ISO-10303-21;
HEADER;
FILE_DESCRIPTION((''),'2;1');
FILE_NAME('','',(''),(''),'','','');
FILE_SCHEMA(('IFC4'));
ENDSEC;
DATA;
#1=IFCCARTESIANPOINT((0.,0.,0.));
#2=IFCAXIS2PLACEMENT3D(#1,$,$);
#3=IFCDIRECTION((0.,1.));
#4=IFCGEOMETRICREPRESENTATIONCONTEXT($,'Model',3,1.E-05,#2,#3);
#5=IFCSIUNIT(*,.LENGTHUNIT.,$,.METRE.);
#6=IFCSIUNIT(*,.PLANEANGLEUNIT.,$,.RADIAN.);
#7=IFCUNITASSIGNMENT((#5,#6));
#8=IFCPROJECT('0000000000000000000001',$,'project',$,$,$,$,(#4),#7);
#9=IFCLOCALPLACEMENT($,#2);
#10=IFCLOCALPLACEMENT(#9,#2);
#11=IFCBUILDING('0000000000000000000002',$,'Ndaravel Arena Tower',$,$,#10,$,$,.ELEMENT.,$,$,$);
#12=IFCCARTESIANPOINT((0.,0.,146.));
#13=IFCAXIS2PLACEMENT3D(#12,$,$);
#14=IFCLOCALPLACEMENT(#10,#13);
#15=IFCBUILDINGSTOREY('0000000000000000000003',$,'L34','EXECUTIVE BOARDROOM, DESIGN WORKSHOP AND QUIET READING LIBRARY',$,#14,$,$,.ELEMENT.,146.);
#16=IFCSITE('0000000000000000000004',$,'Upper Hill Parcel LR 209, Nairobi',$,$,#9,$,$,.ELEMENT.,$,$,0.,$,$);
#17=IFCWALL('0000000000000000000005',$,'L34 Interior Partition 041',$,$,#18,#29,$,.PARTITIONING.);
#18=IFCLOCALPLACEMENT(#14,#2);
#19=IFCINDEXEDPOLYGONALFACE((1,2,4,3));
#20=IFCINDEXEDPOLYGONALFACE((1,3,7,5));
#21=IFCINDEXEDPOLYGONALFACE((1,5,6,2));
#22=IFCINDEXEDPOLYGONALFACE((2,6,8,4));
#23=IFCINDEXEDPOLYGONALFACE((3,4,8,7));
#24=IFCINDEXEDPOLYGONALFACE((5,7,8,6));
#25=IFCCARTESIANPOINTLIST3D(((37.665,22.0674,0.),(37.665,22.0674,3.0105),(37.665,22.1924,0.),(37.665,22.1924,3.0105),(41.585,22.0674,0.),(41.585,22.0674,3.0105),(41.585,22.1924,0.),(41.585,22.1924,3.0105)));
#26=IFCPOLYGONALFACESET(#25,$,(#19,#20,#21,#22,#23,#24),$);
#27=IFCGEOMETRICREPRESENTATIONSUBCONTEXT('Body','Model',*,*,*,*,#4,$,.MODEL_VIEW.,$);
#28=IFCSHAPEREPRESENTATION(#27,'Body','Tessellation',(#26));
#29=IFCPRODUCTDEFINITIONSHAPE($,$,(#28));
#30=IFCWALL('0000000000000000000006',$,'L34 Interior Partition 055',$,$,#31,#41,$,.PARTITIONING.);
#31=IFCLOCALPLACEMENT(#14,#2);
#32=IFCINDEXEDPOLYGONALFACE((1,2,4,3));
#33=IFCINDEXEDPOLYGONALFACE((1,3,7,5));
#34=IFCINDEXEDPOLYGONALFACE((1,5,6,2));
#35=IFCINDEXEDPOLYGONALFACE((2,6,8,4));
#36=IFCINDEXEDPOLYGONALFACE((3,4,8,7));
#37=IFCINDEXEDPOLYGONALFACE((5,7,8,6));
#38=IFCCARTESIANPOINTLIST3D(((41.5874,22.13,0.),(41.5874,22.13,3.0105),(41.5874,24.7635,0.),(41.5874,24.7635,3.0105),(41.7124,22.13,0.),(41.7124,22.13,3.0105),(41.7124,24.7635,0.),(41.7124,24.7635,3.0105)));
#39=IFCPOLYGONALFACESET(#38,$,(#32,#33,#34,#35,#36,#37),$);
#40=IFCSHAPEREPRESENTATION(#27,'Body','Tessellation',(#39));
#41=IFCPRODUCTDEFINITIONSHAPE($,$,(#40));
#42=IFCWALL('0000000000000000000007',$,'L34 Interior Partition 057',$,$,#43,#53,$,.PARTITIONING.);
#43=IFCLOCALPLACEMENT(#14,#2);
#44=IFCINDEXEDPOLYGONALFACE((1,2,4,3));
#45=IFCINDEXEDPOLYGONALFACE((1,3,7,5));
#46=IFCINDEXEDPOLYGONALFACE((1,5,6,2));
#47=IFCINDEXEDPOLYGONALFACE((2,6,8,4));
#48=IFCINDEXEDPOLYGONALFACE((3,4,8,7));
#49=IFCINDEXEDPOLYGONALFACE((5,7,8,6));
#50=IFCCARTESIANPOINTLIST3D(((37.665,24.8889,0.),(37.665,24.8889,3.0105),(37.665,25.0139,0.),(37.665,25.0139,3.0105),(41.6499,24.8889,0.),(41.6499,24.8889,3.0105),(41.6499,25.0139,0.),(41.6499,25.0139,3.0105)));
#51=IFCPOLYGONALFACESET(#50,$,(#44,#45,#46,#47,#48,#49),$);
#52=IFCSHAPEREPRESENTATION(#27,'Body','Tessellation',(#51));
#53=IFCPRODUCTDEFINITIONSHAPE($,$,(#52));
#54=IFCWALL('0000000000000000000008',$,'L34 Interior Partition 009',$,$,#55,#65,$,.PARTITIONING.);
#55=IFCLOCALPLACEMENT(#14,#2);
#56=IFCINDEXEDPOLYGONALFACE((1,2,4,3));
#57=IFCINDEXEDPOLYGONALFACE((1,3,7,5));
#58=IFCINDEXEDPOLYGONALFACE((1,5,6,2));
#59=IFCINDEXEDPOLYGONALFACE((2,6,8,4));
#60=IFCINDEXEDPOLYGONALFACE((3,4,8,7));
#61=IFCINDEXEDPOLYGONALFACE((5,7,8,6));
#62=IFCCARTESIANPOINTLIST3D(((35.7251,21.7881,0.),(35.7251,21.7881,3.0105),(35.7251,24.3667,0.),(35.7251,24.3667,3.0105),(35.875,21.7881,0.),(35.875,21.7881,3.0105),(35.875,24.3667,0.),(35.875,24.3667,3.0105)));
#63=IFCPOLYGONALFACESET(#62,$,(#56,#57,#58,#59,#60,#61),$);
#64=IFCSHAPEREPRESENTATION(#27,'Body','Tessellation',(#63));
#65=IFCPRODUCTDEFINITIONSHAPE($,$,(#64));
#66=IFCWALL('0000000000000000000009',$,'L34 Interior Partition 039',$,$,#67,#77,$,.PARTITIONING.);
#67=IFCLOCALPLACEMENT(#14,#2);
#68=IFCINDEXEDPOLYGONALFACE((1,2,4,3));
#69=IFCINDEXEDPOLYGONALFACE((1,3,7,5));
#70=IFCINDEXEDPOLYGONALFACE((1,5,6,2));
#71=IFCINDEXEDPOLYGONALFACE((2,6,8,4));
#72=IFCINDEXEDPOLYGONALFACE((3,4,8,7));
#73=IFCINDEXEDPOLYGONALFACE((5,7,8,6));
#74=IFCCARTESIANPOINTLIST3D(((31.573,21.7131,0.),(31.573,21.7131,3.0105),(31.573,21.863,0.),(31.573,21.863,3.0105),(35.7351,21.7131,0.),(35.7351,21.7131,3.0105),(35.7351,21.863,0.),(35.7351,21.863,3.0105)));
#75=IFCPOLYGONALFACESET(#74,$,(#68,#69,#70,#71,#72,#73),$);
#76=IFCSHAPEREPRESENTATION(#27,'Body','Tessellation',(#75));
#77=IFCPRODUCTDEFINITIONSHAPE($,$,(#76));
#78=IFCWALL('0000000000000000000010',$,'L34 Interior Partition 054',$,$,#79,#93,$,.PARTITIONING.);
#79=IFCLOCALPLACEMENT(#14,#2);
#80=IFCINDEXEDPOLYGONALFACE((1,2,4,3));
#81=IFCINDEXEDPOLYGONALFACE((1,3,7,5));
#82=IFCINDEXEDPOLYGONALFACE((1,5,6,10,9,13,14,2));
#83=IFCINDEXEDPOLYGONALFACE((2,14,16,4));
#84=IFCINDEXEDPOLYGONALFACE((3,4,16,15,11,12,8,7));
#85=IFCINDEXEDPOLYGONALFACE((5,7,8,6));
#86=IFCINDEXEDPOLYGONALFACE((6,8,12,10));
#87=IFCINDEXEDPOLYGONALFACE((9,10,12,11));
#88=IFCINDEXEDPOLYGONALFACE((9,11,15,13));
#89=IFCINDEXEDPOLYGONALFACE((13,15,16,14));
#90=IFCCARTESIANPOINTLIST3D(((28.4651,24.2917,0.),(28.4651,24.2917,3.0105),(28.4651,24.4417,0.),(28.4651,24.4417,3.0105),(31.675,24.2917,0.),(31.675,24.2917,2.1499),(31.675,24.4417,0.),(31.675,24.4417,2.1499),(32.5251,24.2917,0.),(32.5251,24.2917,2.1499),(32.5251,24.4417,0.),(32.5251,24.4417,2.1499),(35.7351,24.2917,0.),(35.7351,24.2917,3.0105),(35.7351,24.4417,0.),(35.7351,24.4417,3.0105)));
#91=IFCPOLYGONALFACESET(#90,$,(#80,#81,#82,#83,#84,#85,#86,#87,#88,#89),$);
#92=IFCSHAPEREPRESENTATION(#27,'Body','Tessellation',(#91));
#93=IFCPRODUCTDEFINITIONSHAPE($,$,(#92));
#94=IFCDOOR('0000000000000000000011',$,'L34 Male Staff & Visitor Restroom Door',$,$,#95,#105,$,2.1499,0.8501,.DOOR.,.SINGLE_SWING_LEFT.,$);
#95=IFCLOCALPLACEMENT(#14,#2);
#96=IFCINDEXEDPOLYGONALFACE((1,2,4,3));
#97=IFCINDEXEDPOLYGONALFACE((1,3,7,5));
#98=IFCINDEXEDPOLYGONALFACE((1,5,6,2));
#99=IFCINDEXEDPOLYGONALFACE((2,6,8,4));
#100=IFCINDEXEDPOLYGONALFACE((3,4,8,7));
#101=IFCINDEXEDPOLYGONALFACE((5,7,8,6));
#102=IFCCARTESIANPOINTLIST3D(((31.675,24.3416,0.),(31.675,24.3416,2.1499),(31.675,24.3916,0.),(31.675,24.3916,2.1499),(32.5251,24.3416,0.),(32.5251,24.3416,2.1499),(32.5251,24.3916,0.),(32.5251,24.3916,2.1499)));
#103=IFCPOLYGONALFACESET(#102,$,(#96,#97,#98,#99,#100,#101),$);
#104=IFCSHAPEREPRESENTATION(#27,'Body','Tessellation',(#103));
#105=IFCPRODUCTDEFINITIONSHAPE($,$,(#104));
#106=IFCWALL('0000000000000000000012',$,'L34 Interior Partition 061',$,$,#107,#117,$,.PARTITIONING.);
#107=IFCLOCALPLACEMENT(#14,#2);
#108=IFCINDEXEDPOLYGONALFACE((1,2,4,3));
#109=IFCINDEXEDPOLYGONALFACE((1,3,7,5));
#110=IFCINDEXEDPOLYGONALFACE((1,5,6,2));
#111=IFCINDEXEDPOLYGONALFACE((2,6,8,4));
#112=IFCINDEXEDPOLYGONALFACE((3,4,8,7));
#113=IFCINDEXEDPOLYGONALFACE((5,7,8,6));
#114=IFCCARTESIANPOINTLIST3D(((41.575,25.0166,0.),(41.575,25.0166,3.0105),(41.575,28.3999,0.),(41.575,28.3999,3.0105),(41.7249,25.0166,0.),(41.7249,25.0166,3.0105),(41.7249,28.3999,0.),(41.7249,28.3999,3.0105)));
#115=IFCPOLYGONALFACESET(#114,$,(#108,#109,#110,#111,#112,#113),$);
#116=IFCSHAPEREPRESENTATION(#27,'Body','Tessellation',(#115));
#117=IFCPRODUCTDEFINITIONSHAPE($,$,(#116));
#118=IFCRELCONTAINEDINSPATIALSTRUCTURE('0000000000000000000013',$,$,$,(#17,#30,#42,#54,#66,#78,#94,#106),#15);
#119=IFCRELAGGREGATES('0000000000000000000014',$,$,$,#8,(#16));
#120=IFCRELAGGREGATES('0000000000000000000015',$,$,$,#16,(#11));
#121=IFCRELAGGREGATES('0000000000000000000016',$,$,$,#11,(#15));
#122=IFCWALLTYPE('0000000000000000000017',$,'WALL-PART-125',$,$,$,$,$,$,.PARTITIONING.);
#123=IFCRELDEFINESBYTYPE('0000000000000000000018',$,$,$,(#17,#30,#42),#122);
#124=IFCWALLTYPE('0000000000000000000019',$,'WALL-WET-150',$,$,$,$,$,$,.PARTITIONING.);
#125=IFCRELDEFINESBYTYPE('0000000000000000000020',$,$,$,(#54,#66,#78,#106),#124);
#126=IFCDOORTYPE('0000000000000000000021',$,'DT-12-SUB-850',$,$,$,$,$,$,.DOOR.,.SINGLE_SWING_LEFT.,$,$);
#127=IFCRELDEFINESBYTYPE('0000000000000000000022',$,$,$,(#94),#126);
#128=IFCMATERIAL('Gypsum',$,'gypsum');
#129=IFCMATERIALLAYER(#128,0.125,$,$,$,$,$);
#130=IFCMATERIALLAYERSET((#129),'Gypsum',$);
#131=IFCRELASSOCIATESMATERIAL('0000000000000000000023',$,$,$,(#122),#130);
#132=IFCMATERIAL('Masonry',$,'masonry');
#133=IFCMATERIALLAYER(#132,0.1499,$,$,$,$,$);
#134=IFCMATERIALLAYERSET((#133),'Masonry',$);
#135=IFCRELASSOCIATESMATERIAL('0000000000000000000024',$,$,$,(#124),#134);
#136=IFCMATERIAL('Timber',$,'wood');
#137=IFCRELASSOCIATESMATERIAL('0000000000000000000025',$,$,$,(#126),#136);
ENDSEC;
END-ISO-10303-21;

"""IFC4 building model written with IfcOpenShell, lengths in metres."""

from ifc_helpers import new_model, si_unit, direction, frame, frame_2d, origin, place, context, subcontext, project, spatial, rectangle, extrude, material, layer, layer_set, type_object, element, fill, save


model = new_model("IFC4")

# Units and contexts
model_context = context("Model", 3, precision=1e-05, world=origin(), true_north=direction((0.0, 1.0)))
body_context = subcontext(model_context, "Body", "Model", "MODEL_VIEW")
ifc_project = project(units=[si_unit("LENGTHUNIT", "METRE"), si_unit("PLANEANGLEUNIT", "RADIAN")], contexts=[model_context])

# Site, building, storey
site_placement = place(None, origin())
site = spatial("IfcSite", under=ifc_project, at=site_placement, Name="Upper Hill Parcel LR 209, Nairobi", CompositionType="ELEMENT", RefElevation=0.0)
building_placement = place(site_placement, origin())
building = spatial("IfcBuilding", under=site, at=building_placement, Name="Ndaravel Arena Tower", CompositionType="ELEMENT")
storey_placement = place(building_placement, frame((0.0, 0.0, 146.0)))
storey = spatial("IfcBuildingStorey", under=building, at=storey_placement, Name="L34", Description="EXECUTIVE BOARDROOM, DESIGN WORKSHOP AND QUIET READING LIBRARY", CompositionType="ELEMENT", Elevation=146.0)

# Shared definitions
ifc_material_1 = material(Name="Gypsum", Category="gypsum")
ifc_layer_1 = layer(ifc_material_1, 0.125)
ifc_layer_set_1 = layer_set([ifc_layer_1], Name="Gypsum")
wall_type_1 = type_object("IfcWallType", Name="WALL-PART-125", PredefinedType="PARTITIONING", material=ifc_layer_set_1)

# Walls
wall_1_placement = place(storey_placement, frame((37.665, 22.1299, 0.0), z_axis=(0.0, 0.0, 1.0), x_axis=(1.0, 0.0, 0.0)))
element("IfcWall", 1, at=wall_1_placement, inside=storey, type_object=wall_type_1, Name="L34 Interior Partition 041", PredefinedType="PARTITIONING", context=body_context, shape_type="SweptSolid", body=[
    extrude(rectangle(XDim=3.9199, YDim=0.125, at=frame_2d((1.96, 0.0))), origin(), (0.0, 0.0, 1.0), 3.0105),
])
wall_2_placement = place(storey_placement, frame((41.6499, 22.1299, 0.0), z_axis=(0.0, 0.0, 1.0), x_axis=(0.0, 1.0, 0.0)))
element("IfcWall", 2, at=wall_2_placement, inside=storey, type_object=wall_type_1, Name="L34 Interior Partition 055", PredefinedType="PARTITIONING", context=body_context, shape_type="SweptSolid", body=[
    extrude(rectangle(XDim=2.6335, YDim=0.125, at=frame_2d((1.3169, 0.0))), origin(), (0.0, 0.0, 1.0), 3.0105),
])
wall_3_placement = place(storey_placement, frame((37.665, 24.9514, 0.0), z_axis=(0.0, 0.0, 1.0), x_axis=(1.0, 0.0, 0.0)))
element("IfcWall", 3, at=wall_3_placement, inside=storey, type_object=wall_type_1, Name="L34 Interior Partition 057", PredefinedType="PARTITIONING", context=body_context, shape_type="SweptSolid", body=[
    extrude(rectangle(XDim=3.9849, YDim=0.125, at=frame_2d((1.9924, 0.0))), origin(), (0.0, 0.0, 1.0), 3.0105),
])
ifc_material_2 = material(Name="Masonry", Category="masonry")
ifc_layer_2 = layer(ifc_material_2, 0.1499)
ifc_layer_set_2 = layer_set([ifc_layer_2], Name="Masonry")
wall_type_2 = type_object("IfcWallType", Name="WALL-WET-150", PredefinedType="PARTITIONING", material=ifc_layer_set_2)
wall_4_placement = place(storey_placement, frame((35.8, 21.7881, 0.0), z_axis=(0.0, 0.0, 1.0), x_axis=(0.0, 1.0, 0.0)))
element("IfcWall", 4, at=wall_4_placement, inside=storey, type_object=wall_type_2, Name="L34 Interior Partition 009", PredefinedType="PARTITIONING", context=body_context, shape_type="SweptSolid", body=[
    extrude(rectangle(XDim=2.5786, YDim=0.1499, at=frame_2d((1.2893, 0.0))), origin(), (0.0, 0.0, 1.0), 3.0105),
])
wall_5_placement = place(storey_placement, frame((31.573, 21.7881, 0.0), z_axis=(0.0, 0.0, 1.0), x_axis=(1.0, 0.0, 0.0)))
element("IfcWall", 5, at=wall_5_placement, inside=storey, type_object=wall_type_2, Name="L34 Interior Partition 039", PredefinedType="PARTITIONING", context=body_context, shape_type="SweptSolid", body=[
    extrude(rectangle(XDim=4.1621, YDim=0.1499, at=frame_2d((2.0811, 0.0))), origin(), (0.0, 0.0, 1.0), 3.0105),
])

# Wall, opening, door
wall_6_placement = place(storey_placement, frame((28.4651, 24.3667, 0.0), z_axis=(0.0, 0.0, 1.0), x_axis=(1.0, 0.0, 0.0)))
wall_6 = element("IfcWall", 6, at=wall_6_placement, inside=storey, type_object=wall_type_2, Name="L34 Interior Partition 054", PredefinedType="PARTITIONING", context=body_context, shape_type="SweptSolid", body=[
    extrude(rectangle(XDim=7.27, YDim=0.1499, at=frame_2d((3.635, 0.0))), origin(), (0.0, 0.0, 1.0), 3.0105),
])
opening_1_placement = place(wall_6_placement, frame((3.21, 0.0, 0.0)))
opening_1 = element("IfcOpeningElement", 7, at=opening_1_placement, cuts=wall_6, PredefinedType="OPENING", context=body_context, shape_type="SweptSolid", body=[
    extrude(rectangle(XDim=0.8501, YDim=2.1499, at=frame_2d((0.425, 1.075))), frame((0.0, 0.075, 0.0), z_axis=(0.0, -1.0, 0.0), x_axis=(1.0, 0.0, 0.0)), (0.0, 0.0, 1.0), 0.1499),
])
ifc_material_3 = material(Name="Timber", Category="wood")
door_type_1 = type_object("IfcDoorType", Name="DT-12-SUB-850", OperationType="SINGLE_SWING_LEFT", PredefinedType="DOOR", material=ifc_material_3)
door_1_placement = place(opening_1_placement, origin())
door_1 = element("IfcDoor", 8, at=door_1_placement, inside=storey, type_object=door_type_1, Name="L34 Male Staff & Visitor Restroom Door", OperationType="SINGLE_SWING_LEFT", OverallHeight=2.1499, OverallWidth=0.8501, PredefinedType="DOOR", context=body_context, shape_type="SweptSolid", body=[
    extrude(rectangle(XDim=0.8501, YDim=2.1499, at=frame_2d((0.425, 1.075))), frame((0.0, 0.0249, 0.0), z_axis=(0.0, -1.0, 0.0), x_axis=(1.0, 0.0, 0.0)), (0.0, 0.0, 1.0), 0.05),
])
fill(opening_1, door_1)

# Wall
wall_7_placement = place(storey_placement, frame((41.6499, 25.0166, 0.0), z_axis=(0.0, 0.0, 1.0), x_axis=(0.0, 1.0, 0.0)))
element("IfcWall", 9, at=wall_7_placement, inside=storey, type_object=wall_type_2, Name="L34 Interior Partition 061", PredefinedType="PARTITIONING", context=body_context, shape_type="SweptSolid", body=[
    extrude(rectangle(XDim=3.3833, YDim=0.1499, at=frame_2d((1.6917, 0.0))), origin(), (0.0, 0.0, 1.0), 3.0105),
])

save(model, "model.ifc")
